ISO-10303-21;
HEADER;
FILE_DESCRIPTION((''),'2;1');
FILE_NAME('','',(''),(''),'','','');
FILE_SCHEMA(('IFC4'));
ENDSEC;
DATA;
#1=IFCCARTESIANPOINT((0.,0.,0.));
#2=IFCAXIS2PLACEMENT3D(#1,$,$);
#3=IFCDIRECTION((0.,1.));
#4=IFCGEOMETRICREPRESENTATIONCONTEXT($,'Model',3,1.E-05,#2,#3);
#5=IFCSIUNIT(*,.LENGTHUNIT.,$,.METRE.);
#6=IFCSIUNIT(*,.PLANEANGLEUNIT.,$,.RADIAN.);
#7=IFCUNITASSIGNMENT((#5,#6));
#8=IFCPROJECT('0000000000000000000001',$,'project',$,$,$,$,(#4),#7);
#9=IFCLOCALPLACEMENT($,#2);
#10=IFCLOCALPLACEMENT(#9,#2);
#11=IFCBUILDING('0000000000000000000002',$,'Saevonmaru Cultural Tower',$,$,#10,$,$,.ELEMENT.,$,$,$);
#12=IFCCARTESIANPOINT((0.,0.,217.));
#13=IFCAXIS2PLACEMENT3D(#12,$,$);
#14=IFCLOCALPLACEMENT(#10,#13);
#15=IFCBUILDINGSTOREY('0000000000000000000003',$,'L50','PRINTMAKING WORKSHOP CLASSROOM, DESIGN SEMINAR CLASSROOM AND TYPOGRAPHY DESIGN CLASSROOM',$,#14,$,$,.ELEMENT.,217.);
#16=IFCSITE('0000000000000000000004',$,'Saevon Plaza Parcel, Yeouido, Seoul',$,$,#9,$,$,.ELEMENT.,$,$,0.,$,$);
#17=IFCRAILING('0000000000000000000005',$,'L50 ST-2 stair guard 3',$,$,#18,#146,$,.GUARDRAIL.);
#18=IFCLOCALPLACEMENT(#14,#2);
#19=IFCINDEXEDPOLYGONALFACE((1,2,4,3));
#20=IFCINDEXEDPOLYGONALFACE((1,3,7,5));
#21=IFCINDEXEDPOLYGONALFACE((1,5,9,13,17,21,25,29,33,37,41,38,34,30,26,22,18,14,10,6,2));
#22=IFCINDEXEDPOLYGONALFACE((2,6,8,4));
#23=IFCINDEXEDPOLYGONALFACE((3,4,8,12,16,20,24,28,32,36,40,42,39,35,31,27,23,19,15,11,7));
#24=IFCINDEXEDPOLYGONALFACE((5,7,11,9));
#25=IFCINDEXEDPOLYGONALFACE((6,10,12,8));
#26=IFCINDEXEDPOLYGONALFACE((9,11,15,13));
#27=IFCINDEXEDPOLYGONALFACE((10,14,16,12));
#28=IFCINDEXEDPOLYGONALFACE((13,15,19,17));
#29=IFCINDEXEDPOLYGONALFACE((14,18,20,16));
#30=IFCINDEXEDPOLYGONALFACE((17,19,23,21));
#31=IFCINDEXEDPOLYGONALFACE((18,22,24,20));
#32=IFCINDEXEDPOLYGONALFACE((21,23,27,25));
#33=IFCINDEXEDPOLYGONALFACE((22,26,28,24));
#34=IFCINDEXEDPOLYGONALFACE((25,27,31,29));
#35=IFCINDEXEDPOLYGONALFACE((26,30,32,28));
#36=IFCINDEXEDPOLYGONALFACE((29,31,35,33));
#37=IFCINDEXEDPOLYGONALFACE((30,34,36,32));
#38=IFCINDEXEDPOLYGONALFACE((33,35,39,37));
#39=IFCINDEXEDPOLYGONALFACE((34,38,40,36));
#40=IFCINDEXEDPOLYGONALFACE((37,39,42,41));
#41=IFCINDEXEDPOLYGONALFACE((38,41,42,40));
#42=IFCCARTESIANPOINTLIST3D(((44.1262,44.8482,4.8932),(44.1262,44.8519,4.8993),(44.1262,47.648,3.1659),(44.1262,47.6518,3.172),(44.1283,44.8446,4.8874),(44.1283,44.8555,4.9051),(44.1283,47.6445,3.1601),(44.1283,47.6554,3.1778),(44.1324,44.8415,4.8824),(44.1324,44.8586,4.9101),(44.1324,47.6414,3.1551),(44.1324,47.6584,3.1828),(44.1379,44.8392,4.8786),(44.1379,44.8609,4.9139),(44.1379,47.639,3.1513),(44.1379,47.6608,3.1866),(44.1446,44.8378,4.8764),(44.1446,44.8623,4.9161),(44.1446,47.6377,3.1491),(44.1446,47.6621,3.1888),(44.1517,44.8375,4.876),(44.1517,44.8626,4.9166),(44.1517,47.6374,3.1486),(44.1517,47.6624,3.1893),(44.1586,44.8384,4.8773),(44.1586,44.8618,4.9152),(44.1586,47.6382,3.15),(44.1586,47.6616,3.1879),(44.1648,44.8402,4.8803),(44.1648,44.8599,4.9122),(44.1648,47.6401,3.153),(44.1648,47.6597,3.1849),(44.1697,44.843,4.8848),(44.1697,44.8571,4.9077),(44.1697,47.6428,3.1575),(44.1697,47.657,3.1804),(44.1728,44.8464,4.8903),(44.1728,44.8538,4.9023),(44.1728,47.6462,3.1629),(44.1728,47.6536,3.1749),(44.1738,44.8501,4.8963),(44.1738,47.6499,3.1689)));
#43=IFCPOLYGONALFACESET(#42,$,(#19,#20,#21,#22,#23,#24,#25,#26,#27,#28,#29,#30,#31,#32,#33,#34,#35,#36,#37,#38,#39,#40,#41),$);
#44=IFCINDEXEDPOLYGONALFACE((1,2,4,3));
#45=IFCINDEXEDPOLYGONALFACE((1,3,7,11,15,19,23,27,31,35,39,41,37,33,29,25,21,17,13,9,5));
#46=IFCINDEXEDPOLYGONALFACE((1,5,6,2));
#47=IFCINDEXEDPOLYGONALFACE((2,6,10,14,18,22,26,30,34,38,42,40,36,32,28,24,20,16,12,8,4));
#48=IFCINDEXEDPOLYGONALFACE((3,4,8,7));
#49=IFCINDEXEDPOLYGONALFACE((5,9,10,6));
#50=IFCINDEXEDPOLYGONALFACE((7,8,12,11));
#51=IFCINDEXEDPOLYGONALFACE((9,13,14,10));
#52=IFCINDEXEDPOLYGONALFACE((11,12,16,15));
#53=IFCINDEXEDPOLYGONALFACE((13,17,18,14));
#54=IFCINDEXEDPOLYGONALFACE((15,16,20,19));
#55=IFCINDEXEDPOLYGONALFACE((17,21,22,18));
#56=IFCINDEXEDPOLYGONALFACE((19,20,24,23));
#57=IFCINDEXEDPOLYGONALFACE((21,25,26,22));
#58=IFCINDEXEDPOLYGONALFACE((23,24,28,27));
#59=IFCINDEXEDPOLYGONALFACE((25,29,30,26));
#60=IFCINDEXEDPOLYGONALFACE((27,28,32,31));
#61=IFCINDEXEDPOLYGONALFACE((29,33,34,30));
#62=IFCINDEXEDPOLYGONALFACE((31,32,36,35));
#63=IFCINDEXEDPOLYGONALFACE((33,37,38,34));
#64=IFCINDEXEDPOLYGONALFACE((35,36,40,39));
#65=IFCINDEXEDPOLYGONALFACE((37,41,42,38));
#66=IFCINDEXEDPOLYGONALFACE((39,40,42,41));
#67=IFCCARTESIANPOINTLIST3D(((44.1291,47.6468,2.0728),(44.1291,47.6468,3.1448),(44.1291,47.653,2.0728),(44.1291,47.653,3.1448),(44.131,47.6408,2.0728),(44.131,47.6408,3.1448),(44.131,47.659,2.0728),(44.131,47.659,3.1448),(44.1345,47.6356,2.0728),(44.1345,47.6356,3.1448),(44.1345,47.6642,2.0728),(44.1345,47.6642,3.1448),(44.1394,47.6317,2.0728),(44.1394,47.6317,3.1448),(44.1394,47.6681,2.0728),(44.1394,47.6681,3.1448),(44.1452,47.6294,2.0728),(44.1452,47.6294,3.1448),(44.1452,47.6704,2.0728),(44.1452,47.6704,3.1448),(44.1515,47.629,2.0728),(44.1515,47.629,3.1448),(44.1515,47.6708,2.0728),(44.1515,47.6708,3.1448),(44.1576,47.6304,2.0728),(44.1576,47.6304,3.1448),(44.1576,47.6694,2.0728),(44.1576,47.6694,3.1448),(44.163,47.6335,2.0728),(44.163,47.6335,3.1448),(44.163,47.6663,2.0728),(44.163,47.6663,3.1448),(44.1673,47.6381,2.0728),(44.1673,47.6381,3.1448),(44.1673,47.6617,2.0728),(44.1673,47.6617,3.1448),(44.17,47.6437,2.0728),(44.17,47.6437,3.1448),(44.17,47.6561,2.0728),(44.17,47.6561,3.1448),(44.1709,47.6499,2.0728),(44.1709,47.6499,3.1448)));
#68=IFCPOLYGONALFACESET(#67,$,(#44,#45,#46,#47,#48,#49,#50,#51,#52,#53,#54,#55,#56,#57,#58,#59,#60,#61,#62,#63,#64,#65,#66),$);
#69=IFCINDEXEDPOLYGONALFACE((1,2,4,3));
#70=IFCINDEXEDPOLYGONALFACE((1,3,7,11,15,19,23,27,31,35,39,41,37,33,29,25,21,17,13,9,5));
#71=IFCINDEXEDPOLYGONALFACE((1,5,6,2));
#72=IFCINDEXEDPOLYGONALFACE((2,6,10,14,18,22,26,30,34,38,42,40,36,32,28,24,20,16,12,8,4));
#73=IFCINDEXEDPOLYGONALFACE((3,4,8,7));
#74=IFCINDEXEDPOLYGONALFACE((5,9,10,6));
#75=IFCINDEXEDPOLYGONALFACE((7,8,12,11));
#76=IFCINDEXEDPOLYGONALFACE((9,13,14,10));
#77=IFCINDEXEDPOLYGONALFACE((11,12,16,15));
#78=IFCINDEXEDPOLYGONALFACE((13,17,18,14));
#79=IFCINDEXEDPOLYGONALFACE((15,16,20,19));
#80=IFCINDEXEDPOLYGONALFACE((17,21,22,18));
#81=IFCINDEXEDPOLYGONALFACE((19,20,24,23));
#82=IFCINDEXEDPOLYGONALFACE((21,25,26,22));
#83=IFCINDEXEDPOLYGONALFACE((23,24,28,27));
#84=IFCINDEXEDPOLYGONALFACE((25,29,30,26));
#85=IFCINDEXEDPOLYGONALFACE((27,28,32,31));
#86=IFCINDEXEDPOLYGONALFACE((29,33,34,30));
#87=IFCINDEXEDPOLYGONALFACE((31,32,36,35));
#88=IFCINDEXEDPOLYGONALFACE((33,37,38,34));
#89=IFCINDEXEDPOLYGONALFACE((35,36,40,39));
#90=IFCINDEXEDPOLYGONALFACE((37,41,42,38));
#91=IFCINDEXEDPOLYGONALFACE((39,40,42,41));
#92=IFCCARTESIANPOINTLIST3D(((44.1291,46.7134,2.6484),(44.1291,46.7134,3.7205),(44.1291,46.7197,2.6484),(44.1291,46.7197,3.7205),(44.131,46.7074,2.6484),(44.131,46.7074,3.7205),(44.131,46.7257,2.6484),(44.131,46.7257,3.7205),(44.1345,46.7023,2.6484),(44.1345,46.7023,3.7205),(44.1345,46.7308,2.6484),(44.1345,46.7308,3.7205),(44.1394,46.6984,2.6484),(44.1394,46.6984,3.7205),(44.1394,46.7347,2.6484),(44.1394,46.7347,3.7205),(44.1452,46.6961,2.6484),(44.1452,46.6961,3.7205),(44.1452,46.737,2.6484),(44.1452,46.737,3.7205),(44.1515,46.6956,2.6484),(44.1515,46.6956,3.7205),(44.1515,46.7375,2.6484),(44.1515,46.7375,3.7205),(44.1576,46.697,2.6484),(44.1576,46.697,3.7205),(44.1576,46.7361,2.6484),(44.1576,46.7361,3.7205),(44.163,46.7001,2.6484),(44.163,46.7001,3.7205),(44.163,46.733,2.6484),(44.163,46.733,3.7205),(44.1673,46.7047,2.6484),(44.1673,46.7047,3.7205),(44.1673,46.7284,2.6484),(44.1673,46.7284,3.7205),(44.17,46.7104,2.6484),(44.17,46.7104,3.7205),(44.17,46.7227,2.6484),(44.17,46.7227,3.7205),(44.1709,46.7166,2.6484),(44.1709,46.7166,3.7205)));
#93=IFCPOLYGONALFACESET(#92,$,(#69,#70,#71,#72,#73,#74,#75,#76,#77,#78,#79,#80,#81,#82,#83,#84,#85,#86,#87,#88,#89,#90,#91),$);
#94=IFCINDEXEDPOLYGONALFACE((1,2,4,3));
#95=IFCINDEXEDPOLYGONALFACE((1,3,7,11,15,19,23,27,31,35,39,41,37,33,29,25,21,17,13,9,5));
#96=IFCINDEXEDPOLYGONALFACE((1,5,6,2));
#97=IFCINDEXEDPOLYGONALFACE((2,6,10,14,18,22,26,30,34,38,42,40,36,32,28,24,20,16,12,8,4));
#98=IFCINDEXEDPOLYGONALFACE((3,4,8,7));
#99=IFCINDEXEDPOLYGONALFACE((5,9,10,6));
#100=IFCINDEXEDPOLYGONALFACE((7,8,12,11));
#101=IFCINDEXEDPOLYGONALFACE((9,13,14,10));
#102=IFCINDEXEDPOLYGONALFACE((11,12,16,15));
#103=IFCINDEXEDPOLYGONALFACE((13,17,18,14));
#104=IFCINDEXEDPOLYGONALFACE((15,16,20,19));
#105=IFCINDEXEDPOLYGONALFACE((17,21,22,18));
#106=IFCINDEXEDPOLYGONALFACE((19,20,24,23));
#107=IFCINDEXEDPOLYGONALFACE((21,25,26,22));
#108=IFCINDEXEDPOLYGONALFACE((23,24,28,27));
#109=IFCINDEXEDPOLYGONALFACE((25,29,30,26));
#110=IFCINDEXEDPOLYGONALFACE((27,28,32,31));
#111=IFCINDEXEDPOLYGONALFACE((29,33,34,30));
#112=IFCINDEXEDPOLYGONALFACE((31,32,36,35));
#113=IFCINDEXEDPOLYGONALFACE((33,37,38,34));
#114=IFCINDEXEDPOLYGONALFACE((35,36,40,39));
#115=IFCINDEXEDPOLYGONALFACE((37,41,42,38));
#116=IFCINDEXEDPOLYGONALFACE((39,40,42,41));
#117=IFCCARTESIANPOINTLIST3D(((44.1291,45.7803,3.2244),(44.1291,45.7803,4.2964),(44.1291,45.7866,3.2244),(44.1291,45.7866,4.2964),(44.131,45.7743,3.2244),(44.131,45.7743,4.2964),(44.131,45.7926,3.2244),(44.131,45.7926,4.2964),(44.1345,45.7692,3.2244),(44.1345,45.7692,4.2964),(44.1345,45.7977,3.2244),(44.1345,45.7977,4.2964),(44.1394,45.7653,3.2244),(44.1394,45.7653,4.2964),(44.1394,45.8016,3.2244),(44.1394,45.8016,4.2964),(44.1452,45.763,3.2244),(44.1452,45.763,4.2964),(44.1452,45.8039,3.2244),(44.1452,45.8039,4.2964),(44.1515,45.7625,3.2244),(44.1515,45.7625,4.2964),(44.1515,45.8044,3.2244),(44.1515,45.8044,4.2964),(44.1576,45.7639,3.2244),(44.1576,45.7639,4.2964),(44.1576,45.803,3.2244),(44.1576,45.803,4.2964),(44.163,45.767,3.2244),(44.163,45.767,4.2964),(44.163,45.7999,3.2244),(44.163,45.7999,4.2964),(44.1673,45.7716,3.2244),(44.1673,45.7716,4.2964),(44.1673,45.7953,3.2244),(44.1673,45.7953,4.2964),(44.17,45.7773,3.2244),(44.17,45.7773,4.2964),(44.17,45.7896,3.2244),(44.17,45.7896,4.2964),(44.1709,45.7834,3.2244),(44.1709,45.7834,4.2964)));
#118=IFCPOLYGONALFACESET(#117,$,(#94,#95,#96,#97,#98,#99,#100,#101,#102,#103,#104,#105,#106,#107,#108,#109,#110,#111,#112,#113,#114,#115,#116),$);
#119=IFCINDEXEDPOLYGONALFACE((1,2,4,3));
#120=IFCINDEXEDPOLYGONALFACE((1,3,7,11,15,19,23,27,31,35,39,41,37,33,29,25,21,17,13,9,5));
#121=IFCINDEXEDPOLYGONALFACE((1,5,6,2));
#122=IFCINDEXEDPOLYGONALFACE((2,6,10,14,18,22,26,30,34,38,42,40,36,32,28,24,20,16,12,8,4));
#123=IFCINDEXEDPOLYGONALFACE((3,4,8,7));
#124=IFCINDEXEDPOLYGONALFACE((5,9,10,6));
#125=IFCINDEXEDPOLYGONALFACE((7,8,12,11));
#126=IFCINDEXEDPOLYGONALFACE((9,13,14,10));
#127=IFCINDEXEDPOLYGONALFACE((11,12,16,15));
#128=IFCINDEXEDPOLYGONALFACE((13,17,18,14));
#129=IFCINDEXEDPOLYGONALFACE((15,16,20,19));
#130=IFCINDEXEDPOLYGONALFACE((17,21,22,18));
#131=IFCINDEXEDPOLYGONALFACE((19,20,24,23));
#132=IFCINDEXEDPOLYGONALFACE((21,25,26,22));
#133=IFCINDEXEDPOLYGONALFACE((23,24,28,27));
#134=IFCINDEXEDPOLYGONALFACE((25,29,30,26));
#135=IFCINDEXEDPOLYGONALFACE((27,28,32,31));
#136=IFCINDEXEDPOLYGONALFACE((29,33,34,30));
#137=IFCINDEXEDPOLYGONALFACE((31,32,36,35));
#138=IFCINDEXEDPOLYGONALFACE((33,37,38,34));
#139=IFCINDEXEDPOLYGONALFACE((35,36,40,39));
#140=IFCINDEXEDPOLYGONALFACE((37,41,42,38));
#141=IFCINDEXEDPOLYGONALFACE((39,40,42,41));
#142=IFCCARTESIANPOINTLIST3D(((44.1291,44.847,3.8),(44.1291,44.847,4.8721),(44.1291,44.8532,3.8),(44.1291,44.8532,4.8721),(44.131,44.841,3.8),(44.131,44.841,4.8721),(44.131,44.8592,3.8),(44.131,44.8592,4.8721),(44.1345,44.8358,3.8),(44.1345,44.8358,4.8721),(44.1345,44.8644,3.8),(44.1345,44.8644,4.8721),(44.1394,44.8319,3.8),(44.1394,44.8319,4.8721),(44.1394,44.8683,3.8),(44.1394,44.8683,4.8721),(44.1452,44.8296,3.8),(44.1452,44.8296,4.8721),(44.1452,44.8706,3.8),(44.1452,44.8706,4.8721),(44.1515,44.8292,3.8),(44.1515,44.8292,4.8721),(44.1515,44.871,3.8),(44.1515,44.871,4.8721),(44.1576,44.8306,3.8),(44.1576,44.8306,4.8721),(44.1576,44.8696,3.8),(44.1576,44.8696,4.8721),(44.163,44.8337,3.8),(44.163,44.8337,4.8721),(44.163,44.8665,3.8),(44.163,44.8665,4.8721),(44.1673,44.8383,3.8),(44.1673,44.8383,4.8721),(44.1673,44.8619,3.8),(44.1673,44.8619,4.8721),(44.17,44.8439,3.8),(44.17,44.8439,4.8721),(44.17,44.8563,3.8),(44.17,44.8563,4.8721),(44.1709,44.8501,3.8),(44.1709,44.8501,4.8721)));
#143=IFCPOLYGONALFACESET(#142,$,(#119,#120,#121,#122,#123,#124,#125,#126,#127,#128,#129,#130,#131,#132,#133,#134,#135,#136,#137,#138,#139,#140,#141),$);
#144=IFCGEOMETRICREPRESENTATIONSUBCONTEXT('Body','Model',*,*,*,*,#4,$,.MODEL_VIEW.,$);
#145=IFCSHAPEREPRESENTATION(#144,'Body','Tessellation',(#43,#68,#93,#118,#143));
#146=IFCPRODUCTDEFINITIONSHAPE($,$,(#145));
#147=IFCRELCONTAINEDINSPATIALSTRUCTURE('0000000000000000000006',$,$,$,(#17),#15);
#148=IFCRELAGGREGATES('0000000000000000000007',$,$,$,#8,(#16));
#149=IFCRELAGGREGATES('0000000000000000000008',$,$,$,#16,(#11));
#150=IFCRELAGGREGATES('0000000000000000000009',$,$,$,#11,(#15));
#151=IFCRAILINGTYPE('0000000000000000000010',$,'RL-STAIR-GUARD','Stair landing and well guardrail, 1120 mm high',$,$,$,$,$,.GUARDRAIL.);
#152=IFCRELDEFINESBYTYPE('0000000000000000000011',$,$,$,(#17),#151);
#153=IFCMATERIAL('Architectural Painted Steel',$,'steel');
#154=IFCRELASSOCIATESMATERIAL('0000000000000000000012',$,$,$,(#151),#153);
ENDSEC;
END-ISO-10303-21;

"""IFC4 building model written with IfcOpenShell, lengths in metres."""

from ifc_helpers import new_model, si_unit, direction, frame, origin, origin_2d, place, context, subcontext, project, spatial, circle, extrude, material, type_object, element, save


model = new_model("IFC4")

# Units and contexts
model_context = context("Model", 3, precision=1e-05, world=origin(), true_north=direction((0.0, 1.0)))
body_context = subcontext(model_context, "Body", "Model", "MODEL_VIEW")
ifc_project = project(units=[si_unit("LENGTHUNIT", "METRE"), si_unit("PLANEANGLEUNIT", "RADIAN")], contexts=[model_context])

# Site, building, storey
site_placement = place(None, origin())
site = spatial("IfcSite", under=ifc_project, at=site_placement, Name="Saevon Plaza Parcel, Yeouido, Seoul", CompositionType="ELEMENT", RefElevation=0.0)
building_placement = place(site_placement, origin())
building = spatial("IfcBuilding", under=site, at=building_placement, Name="Saevonmaru Cultural Tower", CompositionType="ELEMENT")
storey_placement = place(building_placement, frame((0.0, 0.0, 217.0)))
storey = spatial("IfcBuildingStorey", under=building, at=storey_placement, Name="L50", Description="PRINTMAKING WORKSHOP CLASSROOM, DESIGN SEMINAR CLASSROOM AND TYPOGRAPHY DESIGN CLASSROOM", CompositionType="ELEMENT", Elevation=217.0)

# Railing
ifc_material_1 = material(Name="Architectural Painted Steel", Category="steel")
railing_type_1 = type_object("IfcRailingType", Name="RL-STAIR-GUARD", Description="Stair landing and well guardrail, 1120 mm high", PredefinedType="GUARDRAIL", material=ifc_material_1)
railing_1_placement = place(storey_placement, frame((44.1499, 47.6499, 2.0728)))
element("IfcRailing", 1, at=railing_1_placement, inside=storey, type_object=railing_type_1, Name="L50 ST-2 stair guard 3", PredefinedType="GUARDRAIL", context=body_context, shape_type="SweptSolid", body=[
    extrude(circle(Radius=0.0239, at=origin_2d()), frame((0.0, 0.0, 1.0962), z_axis=(0.0, -0.851069, 0.525054), x_axis=(1.0, 0.0, 0.0)), (0.0, 0.0, 1.0), 3.2898),
    extrude(circle(Radius=0.021, at=origin_2d()), origin(), (0.0, 0.0, 1.0), 1.072),
    extrude(circle(Radius=0.021, at=origin_2d()), frame((0.0, -0.9333, 0.5757)), (0.0, 0.0, 1.0), 1.072),
    extrude(circle(Radius=0.021, at=origin_2d()), frame((0.0, -1.8665, 1.1516)), (0.0, 0.0, 1.0), 1.072),
    extrude(circle(Radius=0.021, at=origin_2d()), frame((0.0, -2.7998, 1.7273)), (0.0, 0.0, 1.0), 1.072),
])

save(model, "model.ifc")
